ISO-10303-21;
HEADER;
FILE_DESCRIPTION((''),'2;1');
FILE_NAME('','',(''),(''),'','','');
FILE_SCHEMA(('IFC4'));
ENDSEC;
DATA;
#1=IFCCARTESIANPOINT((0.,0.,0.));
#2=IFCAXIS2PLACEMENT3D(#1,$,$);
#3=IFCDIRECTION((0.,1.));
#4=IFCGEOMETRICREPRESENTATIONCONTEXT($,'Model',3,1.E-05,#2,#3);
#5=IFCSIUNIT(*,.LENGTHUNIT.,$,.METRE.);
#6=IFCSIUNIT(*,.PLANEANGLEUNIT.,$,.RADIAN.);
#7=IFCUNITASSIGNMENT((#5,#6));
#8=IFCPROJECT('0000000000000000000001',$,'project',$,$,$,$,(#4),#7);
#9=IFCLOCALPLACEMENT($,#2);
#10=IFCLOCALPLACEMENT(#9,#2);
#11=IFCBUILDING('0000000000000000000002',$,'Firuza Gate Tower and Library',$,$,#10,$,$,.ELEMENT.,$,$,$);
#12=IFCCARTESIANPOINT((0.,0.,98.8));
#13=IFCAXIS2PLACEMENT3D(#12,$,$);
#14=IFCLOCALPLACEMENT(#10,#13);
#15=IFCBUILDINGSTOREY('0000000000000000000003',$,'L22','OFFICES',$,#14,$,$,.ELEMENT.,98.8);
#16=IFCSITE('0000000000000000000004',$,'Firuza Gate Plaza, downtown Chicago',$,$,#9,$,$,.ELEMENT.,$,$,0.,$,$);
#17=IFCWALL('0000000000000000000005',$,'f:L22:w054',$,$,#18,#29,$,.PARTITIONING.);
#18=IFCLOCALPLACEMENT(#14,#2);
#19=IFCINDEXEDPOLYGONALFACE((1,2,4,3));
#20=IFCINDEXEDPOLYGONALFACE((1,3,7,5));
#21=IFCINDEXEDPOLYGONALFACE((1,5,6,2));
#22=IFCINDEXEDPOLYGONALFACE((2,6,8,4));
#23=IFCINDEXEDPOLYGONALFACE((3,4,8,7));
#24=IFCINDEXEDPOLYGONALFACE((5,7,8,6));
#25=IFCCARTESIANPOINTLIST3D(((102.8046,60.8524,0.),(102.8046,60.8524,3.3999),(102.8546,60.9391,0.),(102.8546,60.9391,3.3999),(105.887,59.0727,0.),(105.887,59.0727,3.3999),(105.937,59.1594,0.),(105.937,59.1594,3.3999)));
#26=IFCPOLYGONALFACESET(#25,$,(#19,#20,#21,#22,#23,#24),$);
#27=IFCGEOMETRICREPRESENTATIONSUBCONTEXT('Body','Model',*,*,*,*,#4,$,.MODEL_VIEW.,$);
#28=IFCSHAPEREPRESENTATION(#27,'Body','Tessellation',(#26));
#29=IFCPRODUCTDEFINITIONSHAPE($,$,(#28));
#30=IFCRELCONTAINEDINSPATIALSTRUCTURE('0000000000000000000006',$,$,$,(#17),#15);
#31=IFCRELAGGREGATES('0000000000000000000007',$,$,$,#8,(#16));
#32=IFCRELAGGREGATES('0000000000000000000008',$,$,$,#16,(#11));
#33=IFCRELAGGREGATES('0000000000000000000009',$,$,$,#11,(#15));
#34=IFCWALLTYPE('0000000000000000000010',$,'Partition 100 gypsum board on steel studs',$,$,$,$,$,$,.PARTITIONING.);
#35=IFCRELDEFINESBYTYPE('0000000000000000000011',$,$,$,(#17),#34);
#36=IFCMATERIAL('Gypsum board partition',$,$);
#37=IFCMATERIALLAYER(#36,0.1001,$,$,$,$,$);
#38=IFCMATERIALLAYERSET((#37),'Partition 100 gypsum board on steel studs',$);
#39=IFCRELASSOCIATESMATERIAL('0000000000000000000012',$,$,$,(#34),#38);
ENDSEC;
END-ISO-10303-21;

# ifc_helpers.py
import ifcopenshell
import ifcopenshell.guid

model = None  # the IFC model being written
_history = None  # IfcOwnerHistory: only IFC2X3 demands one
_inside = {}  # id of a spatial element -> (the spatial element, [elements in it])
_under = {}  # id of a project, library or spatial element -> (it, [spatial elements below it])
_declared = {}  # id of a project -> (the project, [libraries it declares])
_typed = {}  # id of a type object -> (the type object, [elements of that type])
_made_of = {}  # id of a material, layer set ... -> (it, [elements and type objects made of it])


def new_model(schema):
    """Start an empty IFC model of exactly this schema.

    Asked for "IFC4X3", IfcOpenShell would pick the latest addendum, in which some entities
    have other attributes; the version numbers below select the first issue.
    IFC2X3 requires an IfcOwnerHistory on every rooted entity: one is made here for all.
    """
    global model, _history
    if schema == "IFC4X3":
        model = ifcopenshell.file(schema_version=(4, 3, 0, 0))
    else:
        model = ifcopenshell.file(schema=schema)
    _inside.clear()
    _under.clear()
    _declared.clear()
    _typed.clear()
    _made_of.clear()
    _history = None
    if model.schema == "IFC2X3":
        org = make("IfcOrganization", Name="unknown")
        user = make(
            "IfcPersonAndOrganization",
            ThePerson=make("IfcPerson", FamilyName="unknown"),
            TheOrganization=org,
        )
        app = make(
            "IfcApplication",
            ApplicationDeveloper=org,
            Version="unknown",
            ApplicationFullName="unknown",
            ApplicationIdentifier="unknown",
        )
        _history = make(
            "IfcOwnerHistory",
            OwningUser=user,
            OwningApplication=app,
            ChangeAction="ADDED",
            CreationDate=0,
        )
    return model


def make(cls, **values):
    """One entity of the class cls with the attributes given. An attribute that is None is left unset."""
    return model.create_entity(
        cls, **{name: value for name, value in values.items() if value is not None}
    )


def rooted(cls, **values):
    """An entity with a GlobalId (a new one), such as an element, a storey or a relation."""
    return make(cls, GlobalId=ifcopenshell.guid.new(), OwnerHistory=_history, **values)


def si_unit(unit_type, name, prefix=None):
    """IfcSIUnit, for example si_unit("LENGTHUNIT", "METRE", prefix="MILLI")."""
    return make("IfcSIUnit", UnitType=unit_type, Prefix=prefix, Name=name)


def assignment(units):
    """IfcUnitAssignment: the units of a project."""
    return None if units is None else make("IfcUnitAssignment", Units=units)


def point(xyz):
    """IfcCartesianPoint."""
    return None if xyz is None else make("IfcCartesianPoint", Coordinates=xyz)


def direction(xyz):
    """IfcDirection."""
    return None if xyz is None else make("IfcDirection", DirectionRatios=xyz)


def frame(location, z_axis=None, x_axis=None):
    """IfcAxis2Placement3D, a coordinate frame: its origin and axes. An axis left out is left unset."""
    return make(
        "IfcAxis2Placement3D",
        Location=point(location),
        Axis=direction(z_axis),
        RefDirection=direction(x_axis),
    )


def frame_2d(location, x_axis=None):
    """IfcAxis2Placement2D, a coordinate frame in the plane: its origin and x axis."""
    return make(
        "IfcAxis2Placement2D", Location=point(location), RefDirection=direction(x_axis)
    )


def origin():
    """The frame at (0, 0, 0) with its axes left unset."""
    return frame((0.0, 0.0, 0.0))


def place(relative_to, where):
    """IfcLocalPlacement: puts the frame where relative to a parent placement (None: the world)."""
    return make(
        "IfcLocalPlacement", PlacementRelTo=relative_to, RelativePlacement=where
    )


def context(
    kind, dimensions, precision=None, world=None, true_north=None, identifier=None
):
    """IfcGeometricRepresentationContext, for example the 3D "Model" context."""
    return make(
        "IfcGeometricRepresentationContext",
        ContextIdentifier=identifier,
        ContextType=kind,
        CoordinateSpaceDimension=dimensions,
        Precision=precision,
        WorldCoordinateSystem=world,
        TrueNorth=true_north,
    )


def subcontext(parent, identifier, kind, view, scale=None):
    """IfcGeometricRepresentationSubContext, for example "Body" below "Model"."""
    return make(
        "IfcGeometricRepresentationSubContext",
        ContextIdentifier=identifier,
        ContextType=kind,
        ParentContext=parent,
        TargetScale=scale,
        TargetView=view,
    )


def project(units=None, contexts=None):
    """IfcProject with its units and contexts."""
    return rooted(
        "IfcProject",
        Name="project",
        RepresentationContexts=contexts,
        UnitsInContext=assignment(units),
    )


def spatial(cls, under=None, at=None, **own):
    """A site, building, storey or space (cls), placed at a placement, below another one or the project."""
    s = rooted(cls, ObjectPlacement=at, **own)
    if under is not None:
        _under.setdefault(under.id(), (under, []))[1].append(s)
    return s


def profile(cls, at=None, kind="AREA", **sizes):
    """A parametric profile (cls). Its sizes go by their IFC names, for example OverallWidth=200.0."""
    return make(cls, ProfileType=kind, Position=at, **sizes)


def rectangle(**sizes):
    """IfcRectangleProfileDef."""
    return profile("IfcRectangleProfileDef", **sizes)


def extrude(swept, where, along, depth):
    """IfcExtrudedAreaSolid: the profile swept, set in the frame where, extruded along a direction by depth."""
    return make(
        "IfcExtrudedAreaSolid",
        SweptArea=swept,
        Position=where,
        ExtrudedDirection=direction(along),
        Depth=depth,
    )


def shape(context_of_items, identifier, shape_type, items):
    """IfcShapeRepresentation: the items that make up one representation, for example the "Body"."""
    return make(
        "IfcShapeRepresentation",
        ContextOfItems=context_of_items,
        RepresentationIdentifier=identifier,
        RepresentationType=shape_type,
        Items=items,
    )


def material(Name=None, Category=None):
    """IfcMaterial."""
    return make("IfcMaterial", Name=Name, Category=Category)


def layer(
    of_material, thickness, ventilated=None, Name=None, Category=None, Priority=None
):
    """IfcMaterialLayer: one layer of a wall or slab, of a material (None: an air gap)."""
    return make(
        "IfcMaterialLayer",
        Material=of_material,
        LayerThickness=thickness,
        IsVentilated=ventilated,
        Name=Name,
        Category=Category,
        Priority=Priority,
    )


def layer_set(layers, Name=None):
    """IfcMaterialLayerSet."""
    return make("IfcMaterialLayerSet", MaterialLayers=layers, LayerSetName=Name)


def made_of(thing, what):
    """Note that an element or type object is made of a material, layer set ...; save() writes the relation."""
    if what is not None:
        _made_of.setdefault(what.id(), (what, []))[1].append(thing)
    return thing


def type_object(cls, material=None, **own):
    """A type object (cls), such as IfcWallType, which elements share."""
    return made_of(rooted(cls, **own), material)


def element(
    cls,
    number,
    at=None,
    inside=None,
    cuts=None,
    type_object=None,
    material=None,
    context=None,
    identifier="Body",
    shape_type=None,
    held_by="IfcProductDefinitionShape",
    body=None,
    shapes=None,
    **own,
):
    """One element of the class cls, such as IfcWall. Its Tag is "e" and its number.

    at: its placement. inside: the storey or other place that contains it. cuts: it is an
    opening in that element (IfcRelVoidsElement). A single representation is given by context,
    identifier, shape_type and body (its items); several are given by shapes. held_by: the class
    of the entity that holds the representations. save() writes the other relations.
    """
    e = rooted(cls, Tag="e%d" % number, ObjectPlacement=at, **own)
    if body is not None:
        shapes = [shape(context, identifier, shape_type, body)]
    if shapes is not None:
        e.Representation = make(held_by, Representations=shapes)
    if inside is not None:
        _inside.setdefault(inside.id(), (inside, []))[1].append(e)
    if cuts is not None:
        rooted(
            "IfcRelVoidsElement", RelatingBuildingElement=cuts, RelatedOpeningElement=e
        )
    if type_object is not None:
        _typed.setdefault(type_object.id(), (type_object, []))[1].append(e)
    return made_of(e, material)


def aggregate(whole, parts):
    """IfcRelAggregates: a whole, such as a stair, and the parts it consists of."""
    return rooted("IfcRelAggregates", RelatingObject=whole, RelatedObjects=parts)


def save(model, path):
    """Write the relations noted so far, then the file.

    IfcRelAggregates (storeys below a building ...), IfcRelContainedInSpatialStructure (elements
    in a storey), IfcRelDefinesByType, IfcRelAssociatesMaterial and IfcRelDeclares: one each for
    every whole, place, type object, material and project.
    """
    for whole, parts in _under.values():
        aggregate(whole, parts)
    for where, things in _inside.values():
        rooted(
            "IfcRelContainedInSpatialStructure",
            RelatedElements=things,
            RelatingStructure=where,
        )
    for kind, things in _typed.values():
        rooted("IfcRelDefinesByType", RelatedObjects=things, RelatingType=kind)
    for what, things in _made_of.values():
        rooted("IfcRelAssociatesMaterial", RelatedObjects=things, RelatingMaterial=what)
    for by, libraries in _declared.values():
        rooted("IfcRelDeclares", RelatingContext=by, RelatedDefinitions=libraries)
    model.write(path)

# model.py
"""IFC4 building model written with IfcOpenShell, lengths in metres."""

from ifc_helpers import new_model, si_unit, direction, frame, frame_2d, origin, place, context, subcontext, project, spatial, rectangle, extrude, material, layer, layer_set, type_object, element, save


model = new_model("IFC4")

# Units and contexts
model_context = context("Model", 3, precision=1e-05, world=origin(), true_north=direction((0.0, 1.0)))
body_context = subcontext(model_context, "Body", "Model", "MODEL_VIEW")
ifc_project = project(units=[si_unit("LENGTHUNIT", "METRE"), si_unit("PLANEANGLEUNIT", "RADIAN")], contexts=[model_context])

# Site, building, storey
site_placement = place(None, origin())
site = spatial("IfcSite", under=ifc_project, at=site_placement, Name="Firuza Gate Plaza, downtown Chicago", CompositionType="ELEMENT", RefElevation=0.0)
building_placement = place(site_placement, origin())
building = spatial("IfcBuilding", under=site, at=building_placement, Name="Firuza Gate Tower and Library", CompositionType="ELEMENT")
storey_placement = place(building_placement, frame((0.0, 0.0, 98.8)))
storey = spatial("IfcBuildingStorey", under=building, at=storey_placement, Name="L22", Description="OFFICES", CompositionType="ELEMENT", Elevation=98.8)

# Wall
ifc_material_1 = material(Name="Gypsum board partition")
ifc_layer_1 = layer(ifc_material_1, 0.1001)
ifc_layer_set_1 = layer_set([ifc_layer_1], Name="Partition 100 gypsum board on steel studs")
wall_type_1 = type_object("IfcWallType", Name="Partition 100 gypsum board on steel studs", PredefinedType="PARTITIONING", material=ifc_layer_set_1)
wall_1_placement = place(storey_placement, frame((105.9121, 59.116, 0.0), z_axis=(0.0, 0.0, 1.0), x_axis=(-0.866014, 0.500019, 0.0)))
element("IfcWall", 1, at=wall_1_placement, inside=storey, type_object=wall_type_1, Name="f:L22:w054", PredefinedType="PARTITIONING", context=body_context, shape_type="SweptSolid", body=[
    extrude(rectangle(XDim=3.5593, YDim=0.1001, at=frame_2d((1.7798, 0.0))), origin(), (0.0, 0.0, 1.0), 3.3999),
])

save(model, "model.ifc")
